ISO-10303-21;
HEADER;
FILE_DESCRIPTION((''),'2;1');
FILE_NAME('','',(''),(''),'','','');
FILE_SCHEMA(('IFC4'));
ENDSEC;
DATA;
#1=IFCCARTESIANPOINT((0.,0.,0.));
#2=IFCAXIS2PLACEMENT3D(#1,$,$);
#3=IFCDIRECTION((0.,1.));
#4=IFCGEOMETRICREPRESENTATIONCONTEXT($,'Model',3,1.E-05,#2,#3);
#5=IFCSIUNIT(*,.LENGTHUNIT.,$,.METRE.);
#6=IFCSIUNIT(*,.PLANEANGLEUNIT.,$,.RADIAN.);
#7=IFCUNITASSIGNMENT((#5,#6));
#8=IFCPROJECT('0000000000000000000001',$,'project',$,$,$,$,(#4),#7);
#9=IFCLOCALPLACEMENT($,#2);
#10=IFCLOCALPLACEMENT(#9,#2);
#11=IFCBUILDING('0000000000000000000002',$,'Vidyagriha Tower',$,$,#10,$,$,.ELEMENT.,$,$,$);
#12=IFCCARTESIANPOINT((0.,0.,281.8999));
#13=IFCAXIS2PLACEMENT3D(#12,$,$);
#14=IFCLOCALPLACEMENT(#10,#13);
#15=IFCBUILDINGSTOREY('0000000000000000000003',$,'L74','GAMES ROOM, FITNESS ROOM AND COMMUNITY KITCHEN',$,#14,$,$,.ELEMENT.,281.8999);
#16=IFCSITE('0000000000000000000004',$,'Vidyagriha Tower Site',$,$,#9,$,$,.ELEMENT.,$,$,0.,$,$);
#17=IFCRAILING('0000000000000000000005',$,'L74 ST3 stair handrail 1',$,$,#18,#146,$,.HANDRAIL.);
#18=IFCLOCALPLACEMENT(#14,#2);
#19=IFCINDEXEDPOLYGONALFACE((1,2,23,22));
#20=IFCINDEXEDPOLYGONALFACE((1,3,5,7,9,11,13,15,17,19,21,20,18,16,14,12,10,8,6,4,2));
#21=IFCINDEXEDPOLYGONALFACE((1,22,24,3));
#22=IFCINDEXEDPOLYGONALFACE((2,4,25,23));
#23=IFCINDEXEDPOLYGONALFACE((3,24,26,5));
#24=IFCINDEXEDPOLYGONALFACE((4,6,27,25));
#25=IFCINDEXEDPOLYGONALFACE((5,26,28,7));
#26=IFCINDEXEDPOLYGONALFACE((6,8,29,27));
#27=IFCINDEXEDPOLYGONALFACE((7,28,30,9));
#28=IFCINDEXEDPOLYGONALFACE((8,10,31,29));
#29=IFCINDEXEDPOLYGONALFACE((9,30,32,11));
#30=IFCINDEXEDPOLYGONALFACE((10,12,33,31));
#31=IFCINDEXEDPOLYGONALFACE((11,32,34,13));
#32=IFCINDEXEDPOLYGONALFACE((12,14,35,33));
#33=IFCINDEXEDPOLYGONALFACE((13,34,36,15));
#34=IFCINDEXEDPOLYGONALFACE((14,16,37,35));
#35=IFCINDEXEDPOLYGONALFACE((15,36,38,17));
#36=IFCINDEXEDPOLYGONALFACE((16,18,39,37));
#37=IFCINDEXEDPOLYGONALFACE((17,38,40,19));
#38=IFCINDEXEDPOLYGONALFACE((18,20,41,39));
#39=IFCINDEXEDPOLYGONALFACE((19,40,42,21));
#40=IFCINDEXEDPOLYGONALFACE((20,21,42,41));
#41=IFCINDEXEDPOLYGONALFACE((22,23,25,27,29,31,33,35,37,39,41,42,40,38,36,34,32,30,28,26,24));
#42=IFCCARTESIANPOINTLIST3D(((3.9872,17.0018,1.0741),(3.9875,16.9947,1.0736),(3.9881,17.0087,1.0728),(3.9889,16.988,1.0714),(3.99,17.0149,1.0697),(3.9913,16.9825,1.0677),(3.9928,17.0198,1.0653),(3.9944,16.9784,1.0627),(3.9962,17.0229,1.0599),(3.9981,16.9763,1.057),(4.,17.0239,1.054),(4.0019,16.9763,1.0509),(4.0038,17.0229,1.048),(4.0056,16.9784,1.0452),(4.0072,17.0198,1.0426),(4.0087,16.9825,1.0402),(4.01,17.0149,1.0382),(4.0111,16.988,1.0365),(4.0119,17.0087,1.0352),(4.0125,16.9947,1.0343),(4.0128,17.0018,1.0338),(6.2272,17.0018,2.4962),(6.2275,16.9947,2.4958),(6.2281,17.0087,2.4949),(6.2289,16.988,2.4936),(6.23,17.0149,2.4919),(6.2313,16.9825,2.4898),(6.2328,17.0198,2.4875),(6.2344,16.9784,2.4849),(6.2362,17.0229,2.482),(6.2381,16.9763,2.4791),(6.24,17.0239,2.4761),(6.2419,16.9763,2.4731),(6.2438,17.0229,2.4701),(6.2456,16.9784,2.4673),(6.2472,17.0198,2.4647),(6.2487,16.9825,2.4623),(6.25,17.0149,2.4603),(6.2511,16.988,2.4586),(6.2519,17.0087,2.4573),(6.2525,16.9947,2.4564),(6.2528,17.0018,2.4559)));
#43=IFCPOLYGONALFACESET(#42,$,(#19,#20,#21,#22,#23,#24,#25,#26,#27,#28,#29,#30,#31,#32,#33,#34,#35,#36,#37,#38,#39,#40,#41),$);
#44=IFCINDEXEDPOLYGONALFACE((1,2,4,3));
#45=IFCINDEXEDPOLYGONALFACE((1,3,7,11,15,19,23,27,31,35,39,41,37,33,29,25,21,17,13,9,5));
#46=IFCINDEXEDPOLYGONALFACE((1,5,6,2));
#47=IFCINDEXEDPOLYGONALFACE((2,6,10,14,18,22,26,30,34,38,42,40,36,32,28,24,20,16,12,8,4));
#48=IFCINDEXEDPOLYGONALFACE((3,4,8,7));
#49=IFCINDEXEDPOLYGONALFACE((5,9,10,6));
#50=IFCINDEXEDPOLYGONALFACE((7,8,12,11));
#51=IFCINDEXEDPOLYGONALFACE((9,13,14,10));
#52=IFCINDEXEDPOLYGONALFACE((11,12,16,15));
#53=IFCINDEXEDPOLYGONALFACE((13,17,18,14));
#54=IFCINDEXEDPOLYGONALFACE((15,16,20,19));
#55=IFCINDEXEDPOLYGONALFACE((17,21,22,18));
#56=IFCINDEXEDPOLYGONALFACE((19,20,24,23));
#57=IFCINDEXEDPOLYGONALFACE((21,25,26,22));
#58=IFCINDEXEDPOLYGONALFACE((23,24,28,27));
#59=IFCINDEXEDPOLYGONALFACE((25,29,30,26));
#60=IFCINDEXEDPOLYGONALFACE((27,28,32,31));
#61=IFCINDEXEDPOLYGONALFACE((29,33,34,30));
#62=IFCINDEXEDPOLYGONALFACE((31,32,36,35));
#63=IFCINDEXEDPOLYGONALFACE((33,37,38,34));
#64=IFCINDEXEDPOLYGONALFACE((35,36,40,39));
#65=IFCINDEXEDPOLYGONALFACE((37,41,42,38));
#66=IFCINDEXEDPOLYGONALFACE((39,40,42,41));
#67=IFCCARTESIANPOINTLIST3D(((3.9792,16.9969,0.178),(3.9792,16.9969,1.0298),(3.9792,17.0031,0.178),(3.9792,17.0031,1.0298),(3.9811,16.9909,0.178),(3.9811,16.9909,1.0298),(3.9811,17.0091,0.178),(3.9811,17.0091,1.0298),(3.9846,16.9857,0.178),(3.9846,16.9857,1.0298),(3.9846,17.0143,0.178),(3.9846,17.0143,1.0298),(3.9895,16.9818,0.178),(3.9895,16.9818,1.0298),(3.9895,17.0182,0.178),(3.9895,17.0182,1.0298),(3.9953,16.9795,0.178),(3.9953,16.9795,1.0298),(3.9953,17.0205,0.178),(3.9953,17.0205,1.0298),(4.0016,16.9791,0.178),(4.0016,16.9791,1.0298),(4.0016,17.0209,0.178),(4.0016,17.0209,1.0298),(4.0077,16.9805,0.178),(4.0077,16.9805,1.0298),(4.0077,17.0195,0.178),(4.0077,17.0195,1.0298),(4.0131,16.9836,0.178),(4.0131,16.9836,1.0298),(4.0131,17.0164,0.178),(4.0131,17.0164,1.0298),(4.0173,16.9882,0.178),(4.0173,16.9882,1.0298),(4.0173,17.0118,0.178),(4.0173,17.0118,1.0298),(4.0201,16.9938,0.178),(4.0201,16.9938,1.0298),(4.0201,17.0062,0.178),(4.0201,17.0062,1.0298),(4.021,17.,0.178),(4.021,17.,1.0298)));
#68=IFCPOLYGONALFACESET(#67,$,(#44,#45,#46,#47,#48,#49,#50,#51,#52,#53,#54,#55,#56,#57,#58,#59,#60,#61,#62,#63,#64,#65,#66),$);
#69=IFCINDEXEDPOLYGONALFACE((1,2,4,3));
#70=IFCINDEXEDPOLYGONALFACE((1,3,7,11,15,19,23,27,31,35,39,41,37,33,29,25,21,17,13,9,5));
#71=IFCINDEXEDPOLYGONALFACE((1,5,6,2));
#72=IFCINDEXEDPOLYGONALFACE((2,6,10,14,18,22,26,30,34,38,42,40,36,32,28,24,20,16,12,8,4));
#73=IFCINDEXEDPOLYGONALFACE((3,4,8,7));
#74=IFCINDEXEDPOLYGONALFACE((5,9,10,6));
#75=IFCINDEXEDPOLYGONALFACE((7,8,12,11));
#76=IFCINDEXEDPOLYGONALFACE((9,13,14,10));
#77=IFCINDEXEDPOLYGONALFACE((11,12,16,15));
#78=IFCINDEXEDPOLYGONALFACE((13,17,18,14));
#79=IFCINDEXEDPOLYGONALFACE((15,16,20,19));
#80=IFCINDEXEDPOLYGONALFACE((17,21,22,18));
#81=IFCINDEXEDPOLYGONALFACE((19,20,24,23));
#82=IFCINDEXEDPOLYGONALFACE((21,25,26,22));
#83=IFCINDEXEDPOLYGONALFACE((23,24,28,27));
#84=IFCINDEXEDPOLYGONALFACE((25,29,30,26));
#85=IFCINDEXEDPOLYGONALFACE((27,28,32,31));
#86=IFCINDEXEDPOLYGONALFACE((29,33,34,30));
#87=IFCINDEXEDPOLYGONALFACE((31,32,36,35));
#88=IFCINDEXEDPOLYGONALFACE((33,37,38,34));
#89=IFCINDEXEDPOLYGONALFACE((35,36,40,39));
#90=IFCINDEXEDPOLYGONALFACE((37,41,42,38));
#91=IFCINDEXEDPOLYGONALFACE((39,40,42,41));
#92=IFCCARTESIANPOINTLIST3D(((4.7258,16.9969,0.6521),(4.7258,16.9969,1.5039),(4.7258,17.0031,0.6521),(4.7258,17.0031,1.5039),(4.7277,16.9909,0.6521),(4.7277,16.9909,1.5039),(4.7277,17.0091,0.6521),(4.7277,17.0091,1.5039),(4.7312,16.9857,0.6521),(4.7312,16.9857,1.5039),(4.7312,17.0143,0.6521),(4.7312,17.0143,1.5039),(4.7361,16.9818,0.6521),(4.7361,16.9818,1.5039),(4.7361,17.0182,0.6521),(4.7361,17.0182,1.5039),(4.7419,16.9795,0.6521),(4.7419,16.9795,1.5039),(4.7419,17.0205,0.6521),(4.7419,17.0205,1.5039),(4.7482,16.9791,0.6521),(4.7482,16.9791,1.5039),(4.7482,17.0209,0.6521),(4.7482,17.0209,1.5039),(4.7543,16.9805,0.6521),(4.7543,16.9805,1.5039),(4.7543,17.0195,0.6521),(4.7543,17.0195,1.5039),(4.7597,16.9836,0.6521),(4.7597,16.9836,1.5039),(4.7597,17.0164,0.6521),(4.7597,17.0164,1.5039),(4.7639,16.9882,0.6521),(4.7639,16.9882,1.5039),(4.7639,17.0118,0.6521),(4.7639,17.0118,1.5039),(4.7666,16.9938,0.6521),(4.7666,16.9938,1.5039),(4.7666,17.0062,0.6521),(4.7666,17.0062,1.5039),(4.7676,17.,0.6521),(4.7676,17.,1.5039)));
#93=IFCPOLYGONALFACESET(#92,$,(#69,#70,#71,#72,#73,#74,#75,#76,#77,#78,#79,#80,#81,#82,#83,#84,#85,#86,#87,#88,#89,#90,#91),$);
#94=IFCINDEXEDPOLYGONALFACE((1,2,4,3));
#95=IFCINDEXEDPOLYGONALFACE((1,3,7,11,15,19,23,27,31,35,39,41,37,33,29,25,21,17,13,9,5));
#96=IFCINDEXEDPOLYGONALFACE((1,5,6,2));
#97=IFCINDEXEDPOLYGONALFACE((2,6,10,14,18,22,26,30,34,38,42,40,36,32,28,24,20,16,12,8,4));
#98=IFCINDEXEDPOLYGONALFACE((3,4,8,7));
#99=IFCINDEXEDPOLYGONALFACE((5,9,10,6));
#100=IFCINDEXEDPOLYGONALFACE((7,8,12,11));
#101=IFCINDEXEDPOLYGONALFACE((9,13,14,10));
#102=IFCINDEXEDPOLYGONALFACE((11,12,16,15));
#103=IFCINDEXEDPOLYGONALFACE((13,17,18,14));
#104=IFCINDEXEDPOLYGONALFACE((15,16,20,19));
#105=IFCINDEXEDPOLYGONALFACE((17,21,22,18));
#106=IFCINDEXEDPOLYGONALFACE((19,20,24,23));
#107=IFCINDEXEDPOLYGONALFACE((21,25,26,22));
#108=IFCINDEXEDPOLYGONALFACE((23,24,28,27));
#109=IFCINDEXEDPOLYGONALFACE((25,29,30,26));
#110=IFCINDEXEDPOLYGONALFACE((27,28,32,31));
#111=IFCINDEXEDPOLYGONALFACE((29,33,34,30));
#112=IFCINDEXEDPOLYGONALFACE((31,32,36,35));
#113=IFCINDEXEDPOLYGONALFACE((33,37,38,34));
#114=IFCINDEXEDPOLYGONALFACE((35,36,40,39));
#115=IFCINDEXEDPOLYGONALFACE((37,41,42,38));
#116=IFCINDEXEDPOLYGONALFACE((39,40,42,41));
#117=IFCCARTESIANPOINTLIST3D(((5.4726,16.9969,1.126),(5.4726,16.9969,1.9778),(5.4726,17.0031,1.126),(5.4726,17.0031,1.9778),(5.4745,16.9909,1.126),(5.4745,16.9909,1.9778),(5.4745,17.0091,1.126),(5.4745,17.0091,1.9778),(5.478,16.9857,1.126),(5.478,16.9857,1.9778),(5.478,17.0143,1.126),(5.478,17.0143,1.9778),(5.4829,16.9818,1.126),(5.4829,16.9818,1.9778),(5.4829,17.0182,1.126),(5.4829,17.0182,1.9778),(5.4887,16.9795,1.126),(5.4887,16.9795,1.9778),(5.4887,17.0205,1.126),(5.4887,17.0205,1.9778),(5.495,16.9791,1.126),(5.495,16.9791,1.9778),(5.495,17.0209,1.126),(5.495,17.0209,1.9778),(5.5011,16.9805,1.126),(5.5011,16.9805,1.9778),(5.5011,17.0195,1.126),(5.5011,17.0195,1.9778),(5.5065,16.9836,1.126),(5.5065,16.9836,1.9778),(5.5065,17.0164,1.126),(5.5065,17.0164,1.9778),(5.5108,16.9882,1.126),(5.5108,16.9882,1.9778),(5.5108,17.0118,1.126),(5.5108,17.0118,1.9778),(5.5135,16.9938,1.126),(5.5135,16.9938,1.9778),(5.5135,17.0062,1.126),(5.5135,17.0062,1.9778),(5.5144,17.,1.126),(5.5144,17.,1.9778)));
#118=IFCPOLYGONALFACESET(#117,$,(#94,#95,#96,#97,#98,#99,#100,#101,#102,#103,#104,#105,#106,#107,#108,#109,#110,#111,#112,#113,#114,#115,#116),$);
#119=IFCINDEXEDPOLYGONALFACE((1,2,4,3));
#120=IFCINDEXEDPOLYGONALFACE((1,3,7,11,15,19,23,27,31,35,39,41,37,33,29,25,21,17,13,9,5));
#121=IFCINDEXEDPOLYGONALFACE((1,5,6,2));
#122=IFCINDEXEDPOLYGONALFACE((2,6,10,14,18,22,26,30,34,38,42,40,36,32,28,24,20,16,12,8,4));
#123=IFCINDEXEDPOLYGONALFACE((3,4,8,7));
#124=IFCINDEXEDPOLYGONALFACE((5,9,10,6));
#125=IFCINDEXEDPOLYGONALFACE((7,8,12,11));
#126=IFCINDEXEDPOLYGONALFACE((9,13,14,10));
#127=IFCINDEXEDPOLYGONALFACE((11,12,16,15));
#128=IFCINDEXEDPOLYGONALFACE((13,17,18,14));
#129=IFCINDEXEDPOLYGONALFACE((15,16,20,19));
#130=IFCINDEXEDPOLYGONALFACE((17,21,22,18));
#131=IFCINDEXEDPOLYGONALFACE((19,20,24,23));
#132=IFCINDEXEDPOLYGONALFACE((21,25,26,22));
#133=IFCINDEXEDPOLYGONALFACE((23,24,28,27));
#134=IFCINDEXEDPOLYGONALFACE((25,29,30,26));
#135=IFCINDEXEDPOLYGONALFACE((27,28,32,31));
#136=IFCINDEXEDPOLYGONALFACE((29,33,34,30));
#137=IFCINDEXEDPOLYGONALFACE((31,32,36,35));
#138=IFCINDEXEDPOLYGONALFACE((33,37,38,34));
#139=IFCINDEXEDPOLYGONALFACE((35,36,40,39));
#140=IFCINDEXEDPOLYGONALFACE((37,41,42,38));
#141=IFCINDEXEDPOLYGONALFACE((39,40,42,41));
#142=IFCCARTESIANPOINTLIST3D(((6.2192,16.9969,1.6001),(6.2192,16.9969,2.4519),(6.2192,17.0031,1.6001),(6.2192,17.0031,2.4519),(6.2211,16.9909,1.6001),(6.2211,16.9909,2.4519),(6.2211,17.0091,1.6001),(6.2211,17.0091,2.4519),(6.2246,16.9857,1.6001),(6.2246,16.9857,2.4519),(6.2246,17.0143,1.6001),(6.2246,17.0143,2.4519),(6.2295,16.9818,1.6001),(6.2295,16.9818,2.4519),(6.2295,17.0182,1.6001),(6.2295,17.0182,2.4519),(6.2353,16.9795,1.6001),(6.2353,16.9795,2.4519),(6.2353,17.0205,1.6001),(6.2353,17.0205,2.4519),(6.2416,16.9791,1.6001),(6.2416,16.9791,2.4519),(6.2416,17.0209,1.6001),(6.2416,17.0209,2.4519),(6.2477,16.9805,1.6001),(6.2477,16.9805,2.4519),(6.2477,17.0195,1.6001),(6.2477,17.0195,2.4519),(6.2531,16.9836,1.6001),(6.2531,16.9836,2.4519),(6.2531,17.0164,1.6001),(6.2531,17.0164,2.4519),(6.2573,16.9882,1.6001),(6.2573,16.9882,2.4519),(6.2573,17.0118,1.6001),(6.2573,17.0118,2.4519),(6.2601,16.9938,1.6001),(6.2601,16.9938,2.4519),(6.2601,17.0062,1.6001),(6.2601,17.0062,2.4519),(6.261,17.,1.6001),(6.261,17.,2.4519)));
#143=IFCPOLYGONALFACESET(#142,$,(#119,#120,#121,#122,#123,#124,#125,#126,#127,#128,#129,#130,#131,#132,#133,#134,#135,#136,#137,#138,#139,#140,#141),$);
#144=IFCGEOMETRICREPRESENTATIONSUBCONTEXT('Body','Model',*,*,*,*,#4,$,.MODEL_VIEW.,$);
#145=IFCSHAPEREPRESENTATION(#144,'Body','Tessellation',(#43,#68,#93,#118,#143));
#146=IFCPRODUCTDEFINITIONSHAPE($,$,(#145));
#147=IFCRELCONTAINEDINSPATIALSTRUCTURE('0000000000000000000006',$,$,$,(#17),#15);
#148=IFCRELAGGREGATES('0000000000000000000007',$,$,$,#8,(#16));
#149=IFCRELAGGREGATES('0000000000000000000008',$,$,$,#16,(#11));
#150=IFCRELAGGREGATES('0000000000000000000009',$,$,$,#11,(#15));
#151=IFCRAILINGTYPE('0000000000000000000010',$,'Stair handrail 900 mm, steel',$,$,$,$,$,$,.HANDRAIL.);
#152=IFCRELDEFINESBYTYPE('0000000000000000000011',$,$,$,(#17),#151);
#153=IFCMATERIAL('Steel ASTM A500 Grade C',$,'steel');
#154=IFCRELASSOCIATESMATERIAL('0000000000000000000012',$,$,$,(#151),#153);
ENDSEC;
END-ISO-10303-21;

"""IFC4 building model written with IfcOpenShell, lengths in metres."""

from ifc_helpers import new_model, si_unit, direction, frame, origin, origin_2d, place, context, subcontext, project, spatial, circle, extrude, material, type_object, element, save


model = new_model("IFC4")

# Units and contexts
model_context = context("Model", 3, precision=1e-05, world=origin(), true_north=direction((0.0, 1.0)))
body_context = subcontext(model_context, "Body", "Model", "MODEL_VIEW")
ifc_project = project(units=[si_unit("LENGTHUNIT", "METRE"), si_unit("PLANEANGLEUNIT", "RADIAN")], contexts=[model_context])

# Site, building, storey
site_placement = place(None, origin())
site = spatial("IfcSite", under=ifc_project, at=site_placement, Name="Vidyagriha Tower Site", CompositionType="ELEMENT", RefElevation=0.0)
building_placement = place(site_placement, origin())
building = spatial("IfcBuilding", under=site, at=building_placement, Name="Vidyagriha Tower", CompositionType="ELEMENT")
storey_placement = place(building_placement, frame((0.0, 0.0, 281.8999)))
storey = spatial("IfcBuildingStorey", under=building, at=storey_placement, Name="L74", Description="GAMES ROOM, FITNESS ROOM AND COMMUNITY KITCHEN", CompositionType="ELEMENT", Elevation=281.8999)

# Railing
ifc_material_1 = material(Name="Steel ASTM A500 Grade C", Category="steel")
railing_type_1 = type_object("IfcRailingType", Name="Stair handrail 900 mm, steel", PredefinedType="HANDRAIL", material=ifc_material_1)
for number, where, name in (
    (1, (4.0, 17.0, 0.178), "L74 ST3 stair handrail 1"),
):
    element("IfcRailing", number, at=place(storey_placement, frame(where)), inside=storey, type_object=railing_type_1, Name=name, PredefinedType="HANDRAIL", context=body_context, shape_type="SweptSolid", body=[
        extrude(circle(Radius=0.0239, at=origin_2d()), frame((0.0, 0.0, 0.876), z_axis=(0.844229, 0.0, 0.535982), x_axis=(0.0, 1.0, 0.0)), (0.0, 0.0, 1.0), 2.6533),
        extrude(circle(Radius=0.021, at=origin_2d()), origin(), (0.0, 0.0, 1.0), 0.8518),
        extrude(circle(Radius=0.021, at=origin_2d()), frame((0.7466, 0.0, 0.4741)), (0.0, 0.0, 1.0), 0.8518),
        extrude(circle(Radius=0.021, at=origin_2d()), frame((1.4934, 0.0, 0.948)), (0.0, 0.0, 1.0), 0.8518),
        extrude(circle(Radius=0.021, at=origin_2d()), frame((2.24, 0.0, 1.4221)), (0.0, 0.0, 1.0), 0.8518),
    ])

save(model, "model.ifc")
